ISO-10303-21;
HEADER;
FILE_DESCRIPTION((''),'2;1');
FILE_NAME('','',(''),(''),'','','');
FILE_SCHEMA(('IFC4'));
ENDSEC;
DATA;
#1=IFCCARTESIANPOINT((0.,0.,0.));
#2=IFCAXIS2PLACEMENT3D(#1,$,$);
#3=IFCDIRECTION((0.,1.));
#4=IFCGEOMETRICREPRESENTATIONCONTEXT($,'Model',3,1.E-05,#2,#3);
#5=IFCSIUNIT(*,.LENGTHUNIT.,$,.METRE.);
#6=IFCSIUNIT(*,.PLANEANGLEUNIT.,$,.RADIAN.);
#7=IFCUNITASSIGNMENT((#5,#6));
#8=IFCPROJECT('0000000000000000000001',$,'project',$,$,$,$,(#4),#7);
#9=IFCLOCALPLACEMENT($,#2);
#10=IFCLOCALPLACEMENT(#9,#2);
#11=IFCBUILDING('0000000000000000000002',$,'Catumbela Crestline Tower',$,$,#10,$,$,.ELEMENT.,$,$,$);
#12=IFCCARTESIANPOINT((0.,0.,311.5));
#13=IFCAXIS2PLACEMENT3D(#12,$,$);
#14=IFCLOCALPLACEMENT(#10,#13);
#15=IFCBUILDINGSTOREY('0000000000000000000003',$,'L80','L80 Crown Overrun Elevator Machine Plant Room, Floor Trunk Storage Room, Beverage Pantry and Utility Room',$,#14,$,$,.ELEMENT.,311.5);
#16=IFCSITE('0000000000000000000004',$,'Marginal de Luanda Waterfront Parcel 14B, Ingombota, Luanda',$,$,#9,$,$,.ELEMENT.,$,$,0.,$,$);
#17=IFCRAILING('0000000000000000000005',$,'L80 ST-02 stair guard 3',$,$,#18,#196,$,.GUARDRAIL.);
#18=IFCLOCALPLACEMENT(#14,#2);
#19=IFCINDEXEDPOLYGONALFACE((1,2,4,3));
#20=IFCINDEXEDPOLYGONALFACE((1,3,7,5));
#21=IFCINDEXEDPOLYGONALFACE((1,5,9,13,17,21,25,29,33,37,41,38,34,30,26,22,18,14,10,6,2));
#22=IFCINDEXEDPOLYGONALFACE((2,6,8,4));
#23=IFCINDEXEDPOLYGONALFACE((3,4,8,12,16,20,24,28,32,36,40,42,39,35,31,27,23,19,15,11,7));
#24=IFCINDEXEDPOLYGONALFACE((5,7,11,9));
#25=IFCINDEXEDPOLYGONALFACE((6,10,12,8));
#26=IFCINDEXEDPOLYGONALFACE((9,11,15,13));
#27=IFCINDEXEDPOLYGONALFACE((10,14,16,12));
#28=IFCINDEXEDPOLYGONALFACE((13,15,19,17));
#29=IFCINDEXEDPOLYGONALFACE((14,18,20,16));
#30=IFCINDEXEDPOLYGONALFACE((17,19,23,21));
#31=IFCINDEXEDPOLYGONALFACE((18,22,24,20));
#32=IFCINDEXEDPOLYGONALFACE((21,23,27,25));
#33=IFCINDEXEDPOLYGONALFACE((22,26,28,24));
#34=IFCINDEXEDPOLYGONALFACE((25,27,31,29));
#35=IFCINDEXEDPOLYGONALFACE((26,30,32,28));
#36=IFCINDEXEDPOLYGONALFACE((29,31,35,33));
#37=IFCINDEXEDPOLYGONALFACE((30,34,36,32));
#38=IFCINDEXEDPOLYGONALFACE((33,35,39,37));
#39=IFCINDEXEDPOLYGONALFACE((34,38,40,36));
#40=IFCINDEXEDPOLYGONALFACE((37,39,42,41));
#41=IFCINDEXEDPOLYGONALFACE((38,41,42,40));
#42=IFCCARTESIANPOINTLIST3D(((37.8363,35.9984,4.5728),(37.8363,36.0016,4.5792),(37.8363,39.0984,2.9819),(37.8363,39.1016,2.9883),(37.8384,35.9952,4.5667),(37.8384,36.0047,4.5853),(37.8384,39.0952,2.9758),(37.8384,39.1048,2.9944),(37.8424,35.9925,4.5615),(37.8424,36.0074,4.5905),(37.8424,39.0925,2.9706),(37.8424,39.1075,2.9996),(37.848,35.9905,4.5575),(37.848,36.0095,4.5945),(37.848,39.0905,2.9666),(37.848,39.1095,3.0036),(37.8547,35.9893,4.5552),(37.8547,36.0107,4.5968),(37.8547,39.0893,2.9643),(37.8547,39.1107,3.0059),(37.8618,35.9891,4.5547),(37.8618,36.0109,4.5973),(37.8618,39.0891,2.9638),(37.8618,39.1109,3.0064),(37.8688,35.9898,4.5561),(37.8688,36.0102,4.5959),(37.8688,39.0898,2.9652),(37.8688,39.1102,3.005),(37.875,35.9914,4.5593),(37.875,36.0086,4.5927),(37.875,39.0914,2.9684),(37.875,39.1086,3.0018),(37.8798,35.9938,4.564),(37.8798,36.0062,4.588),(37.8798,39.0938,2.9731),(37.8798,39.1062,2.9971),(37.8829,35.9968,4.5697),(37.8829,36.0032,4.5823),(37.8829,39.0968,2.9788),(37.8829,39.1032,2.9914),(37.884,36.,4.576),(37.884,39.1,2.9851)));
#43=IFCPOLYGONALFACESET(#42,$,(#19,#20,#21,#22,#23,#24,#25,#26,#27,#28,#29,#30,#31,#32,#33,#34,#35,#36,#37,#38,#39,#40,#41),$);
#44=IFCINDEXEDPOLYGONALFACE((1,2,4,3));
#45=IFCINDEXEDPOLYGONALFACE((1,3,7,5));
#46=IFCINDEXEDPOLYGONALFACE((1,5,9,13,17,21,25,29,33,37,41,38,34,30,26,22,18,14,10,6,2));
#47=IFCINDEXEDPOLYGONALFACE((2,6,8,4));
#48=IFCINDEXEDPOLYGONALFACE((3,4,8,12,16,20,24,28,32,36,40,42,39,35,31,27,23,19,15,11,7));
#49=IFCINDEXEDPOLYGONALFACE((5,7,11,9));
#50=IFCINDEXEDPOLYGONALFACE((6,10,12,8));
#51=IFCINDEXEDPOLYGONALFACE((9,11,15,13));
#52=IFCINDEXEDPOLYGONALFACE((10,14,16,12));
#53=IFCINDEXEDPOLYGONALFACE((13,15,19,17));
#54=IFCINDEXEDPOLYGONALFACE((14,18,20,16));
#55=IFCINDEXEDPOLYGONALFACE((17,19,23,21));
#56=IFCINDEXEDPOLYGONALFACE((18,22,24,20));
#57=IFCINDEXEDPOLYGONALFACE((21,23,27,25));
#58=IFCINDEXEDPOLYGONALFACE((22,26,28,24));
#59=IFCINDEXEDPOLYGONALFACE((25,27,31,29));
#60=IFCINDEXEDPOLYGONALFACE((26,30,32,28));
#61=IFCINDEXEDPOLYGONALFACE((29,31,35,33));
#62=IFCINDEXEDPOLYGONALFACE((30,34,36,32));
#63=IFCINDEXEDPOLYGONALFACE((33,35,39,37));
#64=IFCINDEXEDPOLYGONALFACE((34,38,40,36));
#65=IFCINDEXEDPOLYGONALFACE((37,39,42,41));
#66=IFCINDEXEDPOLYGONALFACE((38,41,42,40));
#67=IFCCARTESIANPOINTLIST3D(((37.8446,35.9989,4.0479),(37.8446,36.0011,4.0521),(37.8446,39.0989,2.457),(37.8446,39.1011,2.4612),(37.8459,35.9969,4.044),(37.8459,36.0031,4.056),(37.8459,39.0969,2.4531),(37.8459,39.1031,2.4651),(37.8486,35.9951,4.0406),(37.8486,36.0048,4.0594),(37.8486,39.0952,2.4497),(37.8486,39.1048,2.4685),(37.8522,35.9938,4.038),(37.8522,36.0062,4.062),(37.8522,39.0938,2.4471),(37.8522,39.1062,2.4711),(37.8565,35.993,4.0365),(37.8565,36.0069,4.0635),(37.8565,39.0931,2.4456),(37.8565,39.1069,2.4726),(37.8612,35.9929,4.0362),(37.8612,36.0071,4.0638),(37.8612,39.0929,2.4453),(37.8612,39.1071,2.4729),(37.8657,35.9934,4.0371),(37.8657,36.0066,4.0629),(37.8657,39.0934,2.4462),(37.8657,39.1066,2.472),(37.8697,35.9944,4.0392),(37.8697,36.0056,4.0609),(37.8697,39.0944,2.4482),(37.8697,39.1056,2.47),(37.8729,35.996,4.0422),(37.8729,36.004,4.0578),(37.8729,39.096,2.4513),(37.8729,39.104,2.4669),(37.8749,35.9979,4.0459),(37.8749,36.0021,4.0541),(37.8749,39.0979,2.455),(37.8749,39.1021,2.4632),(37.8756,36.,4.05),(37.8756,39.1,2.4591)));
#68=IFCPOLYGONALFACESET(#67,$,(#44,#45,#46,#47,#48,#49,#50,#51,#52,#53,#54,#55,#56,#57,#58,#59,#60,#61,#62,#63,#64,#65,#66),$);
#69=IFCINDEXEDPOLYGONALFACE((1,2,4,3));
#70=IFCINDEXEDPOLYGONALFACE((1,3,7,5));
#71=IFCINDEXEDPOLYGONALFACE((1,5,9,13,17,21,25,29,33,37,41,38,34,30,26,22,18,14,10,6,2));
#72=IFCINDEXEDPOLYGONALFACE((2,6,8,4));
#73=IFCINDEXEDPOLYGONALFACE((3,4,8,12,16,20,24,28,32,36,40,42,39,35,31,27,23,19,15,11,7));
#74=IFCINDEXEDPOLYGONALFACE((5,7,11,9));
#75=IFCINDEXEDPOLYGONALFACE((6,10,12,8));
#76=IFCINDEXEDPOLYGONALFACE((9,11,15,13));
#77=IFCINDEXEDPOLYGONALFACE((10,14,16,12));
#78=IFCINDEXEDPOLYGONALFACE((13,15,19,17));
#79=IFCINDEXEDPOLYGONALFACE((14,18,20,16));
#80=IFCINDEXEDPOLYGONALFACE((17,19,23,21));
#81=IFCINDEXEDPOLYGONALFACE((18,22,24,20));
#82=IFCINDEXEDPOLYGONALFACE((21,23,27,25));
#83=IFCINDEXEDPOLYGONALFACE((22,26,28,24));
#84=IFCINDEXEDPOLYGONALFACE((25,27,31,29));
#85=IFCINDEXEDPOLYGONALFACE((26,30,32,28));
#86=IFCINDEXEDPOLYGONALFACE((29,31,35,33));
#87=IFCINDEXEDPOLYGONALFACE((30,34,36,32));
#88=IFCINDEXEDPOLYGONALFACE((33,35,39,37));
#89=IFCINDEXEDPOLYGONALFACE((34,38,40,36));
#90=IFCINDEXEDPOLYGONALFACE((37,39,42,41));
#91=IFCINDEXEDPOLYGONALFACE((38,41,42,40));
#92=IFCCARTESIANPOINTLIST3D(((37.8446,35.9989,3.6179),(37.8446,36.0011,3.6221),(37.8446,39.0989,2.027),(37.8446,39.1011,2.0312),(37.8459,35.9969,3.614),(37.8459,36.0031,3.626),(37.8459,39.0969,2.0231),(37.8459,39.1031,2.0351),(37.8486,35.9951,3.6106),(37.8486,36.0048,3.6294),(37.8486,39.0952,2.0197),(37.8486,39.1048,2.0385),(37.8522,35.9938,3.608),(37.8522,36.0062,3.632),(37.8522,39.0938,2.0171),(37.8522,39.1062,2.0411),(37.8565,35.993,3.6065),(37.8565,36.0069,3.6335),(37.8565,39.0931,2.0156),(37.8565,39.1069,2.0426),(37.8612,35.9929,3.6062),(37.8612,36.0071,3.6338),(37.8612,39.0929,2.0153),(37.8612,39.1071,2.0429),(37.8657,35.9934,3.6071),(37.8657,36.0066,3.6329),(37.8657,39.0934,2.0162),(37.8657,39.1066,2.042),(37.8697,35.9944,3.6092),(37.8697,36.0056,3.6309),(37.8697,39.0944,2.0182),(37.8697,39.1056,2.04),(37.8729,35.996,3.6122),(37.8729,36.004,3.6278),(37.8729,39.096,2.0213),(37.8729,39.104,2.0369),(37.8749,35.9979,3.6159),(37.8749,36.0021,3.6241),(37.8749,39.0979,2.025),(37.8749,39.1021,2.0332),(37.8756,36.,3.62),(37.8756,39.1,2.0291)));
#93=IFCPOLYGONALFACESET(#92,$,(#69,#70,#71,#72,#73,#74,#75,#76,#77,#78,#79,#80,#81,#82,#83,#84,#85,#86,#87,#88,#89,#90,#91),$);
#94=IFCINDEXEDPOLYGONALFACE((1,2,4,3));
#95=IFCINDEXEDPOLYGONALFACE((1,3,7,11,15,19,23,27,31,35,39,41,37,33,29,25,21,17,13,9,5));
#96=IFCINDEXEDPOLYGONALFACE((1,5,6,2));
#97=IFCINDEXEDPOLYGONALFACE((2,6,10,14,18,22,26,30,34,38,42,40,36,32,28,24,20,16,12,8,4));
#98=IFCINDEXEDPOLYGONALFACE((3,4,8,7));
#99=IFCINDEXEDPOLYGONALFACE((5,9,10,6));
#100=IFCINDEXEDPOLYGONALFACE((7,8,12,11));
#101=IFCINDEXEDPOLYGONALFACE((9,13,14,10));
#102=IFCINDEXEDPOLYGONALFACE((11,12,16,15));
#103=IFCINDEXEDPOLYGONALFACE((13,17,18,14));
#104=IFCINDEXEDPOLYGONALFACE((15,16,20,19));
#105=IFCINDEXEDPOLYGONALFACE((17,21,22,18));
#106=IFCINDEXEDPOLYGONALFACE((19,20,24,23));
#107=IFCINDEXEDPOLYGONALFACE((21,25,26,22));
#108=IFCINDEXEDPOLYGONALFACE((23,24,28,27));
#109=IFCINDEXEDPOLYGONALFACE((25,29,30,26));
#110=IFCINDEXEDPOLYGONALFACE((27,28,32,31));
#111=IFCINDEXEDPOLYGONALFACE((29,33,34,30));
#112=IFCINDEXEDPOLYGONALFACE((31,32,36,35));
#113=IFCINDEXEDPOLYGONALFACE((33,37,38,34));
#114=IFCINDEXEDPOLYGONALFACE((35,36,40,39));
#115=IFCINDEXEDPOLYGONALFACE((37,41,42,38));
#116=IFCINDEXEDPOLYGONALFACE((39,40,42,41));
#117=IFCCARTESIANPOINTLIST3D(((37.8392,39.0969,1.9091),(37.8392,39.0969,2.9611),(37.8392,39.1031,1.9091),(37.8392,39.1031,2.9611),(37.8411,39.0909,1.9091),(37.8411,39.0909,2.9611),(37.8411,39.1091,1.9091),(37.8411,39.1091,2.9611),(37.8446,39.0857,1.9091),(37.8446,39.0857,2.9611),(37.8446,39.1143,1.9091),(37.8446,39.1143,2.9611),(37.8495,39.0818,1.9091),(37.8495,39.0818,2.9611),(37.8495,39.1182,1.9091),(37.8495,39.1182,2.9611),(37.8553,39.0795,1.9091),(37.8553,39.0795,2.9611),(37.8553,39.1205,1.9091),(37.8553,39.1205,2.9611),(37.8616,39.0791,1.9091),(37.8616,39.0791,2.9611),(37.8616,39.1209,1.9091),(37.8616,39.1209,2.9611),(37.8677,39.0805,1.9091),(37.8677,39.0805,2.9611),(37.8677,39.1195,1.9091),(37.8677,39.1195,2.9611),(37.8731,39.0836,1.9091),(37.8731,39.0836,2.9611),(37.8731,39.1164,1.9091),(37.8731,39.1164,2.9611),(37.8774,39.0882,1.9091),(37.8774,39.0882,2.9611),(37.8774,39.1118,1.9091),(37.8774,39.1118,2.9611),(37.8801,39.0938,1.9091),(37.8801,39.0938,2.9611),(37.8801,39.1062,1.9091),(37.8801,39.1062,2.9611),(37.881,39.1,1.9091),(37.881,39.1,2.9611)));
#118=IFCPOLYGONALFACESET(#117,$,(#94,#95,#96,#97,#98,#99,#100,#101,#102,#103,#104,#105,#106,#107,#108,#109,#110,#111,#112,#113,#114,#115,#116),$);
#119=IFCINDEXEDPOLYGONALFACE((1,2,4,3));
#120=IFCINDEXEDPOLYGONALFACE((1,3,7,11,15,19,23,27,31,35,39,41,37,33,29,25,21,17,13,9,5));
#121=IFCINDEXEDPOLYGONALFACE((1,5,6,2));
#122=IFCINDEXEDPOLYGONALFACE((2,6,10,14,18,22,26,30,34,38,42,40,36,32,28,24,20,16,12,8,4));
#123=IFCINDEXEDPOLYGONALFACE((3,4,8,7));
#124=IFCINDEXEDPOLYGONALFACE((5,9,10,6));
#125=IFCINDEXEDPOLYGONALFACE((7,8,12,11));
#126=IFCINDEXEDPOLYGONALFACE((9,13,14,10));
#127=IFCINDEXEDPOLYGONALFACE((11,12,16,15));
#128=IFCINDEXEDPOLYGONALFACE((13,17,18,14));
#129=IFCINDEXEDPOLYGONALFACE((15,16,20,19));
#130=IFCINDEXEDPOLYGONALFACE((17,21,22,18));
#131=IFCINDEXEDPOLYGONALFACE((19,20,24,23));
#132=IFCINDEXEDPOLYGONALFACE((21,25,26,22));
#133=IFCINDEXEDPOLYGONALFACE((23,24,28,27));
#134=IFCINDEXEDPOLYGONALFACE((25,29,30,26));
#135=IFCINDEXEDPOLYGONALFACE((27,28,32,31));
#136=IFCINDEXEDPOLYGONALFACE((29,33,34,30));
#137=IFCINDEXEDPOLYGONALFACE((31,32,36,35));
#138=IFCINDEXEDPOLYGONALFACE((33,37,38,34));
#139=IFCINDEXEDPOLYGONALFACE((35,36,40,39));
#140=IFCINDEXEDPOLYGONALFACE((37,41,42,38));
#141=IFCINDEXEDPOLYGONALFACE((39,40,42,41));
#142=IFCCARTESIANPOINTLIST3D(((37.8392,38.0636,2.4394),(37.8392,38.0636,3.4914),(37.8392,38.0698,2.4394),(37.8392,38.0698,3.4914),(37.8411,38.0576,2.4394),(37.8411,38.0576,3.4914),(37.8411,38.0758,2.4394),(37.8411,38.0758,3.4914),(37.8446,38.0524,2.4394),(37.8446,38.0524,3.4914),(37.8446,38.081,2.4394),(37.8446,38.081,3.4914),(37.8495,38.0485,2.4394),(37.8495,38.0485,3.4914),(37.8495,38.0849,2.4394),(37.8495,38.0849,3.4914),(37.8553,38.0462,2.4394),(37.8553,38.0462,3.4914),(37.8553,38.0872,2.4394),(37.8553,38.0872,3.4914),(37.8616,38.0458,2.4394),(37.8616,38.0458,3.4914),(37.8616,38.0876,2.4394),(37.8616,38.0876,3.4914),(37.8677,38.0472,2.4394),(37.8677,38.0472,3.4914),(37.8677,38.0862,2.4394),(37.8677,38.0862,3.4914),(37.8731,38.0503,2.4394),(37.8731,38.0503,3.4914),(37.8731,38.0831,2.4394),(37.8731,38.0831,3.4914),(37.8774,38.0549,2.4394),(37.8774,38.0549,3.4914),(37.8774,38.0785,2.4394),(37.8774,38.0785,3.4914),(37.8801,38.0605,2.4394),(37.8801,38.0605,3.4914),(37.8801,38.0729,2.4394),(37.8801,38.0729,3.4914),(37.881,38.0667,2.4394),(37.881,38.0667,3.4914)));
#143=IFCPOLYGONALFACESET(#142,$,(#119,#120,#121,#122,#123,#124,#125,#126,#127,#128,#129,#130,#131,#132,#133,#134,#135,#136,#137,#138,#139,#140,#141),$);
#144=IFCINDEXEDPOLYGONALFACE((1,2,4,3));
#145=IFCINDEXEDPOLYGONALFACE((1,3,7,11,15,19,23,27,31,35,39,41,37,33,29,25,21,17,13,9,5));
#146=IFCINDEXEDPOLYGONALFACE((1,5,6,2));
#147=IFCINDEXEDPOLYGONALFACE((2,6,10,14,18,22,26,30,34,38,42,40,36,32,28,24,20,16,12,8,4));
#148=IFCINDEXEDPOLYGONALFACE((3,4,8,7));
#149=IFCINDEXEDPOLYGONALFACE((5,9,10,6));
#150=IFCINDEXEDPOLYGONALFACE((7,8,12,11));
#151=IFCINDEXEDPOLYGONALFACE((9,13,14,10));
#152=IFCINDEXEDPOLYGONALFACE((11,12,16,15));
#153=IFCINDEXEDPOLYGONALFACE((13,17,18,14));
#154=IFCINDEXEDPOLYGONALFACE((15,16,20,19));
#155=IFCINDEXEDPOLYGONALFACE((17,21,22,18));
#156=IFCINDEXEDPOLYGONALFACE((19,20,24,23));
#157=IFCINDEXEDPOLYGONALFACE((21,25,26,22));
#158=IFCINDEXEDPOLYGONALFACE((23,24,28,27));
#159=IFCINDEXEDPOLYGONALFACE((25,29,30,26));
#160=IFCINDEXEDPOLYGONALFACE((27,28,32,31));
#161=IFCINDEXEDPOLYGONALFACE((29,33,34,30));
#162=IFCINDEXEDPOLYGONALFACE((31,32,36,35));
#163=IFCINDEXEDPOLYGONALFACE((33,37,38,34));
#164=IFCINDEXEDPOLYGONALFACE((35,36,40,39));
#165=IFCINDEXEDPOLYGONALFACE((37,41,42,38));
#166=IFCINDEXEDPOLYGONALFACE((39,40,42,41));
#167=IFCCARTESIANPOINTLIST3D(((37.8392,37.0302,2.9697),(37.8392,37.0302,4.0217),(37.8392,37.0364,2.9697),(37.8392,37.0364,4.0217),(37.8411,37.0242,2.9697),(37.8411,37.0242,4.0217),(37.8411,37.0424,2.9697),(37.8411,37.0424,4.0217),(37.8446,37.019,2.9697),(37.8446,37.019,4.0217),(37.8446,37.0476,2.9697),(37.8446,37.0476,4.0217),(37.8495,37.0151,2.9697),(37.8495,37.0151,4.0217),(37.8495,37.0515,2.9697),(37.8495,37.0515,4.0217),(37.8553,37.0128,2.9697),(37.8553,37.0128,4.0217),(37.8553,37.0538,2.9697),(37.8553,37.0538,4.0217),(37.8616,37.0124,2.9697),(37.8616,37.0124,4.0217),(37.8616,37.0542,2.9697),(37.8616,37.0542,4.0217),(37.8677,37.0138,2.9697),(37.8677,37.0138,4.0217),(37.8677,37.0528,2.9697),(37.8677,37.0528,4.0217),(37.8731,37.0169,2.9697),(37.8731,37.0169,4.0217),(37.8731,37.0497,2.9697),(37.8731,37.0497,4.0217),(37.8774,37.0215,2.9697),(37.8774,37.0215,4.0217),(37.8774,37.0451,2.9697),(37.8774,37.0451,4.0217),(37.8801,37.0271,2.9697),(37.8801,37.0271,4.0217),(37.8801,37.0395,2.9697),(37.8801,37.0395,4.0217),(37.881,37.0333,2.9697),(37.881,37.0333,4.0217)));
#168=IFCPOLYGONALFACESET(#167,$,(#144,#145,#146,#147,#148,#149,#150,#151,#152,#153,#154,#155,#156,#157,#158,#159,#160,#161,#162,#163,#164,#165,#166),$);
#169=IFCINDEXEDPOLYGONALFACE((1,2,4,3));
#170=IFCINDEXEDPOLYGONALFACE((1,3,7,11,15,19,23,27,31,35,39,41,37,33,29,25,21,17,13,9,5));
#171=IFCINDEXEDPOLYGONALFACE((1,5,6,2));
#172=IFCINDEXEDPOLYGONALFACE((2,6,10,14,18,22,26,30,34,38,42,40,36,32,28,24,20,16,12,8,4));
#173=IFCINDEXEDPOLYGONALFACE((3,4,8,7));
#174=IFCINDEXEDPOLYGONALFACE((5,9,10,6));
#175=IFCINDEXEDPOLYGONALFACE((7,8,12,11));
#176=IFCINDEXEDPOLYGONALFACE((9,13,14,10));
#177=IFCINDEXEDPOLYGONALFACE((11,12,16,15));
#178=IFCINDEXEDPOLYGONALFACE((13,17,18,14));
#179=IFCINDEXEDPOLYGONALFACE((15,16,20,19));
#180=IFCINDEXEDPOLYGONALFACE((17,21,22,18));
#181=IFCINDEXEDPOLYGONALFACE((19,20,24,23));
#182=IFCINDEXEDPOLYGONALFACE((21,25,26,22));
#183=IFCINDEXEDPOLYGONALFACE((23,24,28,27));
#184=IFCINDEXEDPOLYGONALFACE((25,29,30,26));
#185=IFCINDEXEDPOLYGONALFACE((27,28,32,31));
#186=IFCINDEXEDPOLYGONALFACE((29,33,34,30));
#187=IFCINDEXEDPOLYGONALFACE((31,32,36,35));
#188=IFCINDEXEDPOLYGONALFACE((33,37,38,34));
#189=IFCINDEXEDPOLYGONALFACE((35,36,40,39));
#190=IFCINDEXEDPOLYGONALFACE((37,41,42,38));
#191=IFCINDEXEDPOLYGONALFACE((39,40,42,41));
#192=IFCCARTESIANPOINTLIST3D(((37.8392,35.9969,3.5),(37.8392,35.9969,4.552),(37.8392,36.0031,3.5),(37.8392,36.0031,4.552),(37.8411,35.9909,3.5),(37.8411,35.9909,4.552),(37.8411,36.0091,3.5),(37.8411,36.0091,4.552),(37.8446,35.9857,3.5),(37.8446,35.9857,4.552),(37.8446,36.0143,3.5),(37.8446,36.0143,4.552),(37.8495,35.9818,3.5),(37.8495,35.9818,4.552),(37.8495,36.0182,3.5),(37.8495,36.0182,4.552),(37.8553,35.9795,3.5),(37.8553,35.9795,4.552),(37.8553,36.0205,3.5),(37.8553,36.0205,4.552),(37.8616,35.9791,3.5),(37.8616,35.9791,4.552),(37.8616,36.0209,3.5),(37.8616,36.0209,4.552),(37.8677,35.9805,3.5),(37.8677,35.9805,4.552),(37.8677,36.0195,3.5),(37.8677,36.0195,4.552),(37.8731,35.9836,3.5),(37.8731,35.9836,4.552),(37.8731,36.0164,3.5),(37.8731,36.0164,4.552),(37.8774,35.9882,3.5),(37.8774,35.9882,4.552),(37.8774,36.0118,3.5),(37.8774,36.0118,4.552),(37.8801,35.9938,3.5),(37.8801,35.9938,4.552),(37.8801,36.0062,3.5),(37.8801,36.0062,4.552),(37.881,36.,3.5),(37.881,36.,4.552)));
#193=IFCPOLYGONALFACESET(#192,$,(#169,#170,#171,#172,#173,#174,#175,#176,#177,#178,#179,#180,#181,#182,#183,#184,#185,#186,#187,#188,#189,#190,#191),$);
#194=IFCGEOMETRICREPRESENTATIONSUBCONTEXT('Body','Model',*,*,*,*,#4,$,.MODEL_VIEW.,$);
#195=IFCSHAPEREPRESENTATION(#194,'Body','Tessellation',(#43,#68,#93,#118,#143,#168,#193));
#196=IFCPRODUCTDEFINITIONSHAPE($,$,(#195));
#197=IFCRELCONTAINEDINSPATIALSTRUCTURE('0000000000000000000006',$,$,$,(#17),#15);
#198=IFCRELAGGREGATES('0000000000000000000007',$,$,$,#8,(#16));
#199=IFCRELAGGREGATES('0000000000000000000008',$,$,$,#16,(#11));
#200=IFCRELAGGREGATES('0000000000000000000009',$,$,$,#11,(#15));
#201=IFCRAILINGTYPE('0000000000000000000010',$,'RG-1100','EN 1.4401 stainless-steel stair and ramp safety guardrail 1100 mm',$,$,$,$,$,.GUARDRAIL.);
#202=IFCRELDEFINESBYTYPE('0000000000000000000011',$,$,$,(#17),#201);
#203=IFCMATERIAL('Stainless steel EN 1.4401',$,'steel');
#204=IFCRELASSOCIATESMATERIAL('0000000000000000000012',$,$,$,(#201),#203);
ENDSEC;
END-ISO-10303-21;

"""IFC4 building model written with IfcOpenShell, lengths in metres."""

from ifc_helpers import new_model, si_unit, direction, frame, origin, origin_2d, place, context, subcontext, project, spatial, circle, extrude, material, type_object, element, save


model = new_model("IFC4")

# Units and contexts
model_context = context("Model", 3, precision=1e-05, world=origin(), true_north=direction((0.0, 1.0)))
body_context = subcontext(model_context, "Body", "Model", "MODEL_VIEW")
ifc_project = project(units=[si_unit("LENGTHUNIT", "METRE"), si_unit("PLANEANGLEUNIT", "RADIAN")], contexts=[model_context])

# Site, building, storey
site_placement = place(None, origin())
site = spatial("IfcSite", under=ifc_project, at=site_placement, Name="Marginal de Luanda Waterfront Parcel 14B, Ingombota, Luanda", CompositionType="ELEMENT", RefElevation=0.0)
building_placement = place(site_placement, origin())
building = spatial("IfcBuilding", under=site, at=building_placement, Name="Catumbela Crestline Tower", CompositionType="ELEMENT")
storey_placement = place(building_placement, frame((0.0, 0.0, 311.5)))
storey = spatial("IfcBuildingStorey", under=building, at=storey_placement, Name="L80", Description="L80 Crown Overrun Elevator Machine Plant Room, Floor Trunk Storage Room, Beverage Pantry and Utility Room", CompositionType="ELEMENT", Elevation=311.5)

# Shared definitions
ifc_material_1 = material(Name="Stainless steel EN 1.4401", Category="steel")

# Railing
railing_type_1 = type_object("IfcRailingType", Name="RG-1100", Description="EN 1.4401 stainless-steel stair and ramp safety guardrail 1100 mm", PredefinedType="GUARDRAIL", material=ifc_material_1)
railing_1_placement = place(storey_placement, frame((37.86, 39.1, 1.9091)))
element("IfcRailing", 1, at=railing_1_placement, inside=storey, type_object=railing_type_1, Name="L80 ST-02 stair guard 3", PredefinedType="GUARDRAIL", context=body_context, shape_type="SweptSolid", body=[
    extrude(circle(Radius=0.024, at=origin_2d()), frame((0.0, 0.0, 1.076), z_axis=(0.0, -0.889683, 0.456579), x_axis=(1.0, 0.0, 0.0)), (0.0, 0.0, 1.0), 3.4844),
    extrude(circle(Radius=0.0156, at=origin_2d()), frame((0.0, 0.0, 0.55), z_axis=(0.0, -0.889683, 0.456579), x_axis=(1.0, 0.0, 0.0)), (0.0, 0.0, 1.0), 3.4844),
    extrude(circle(Radius=0.0156, at=origin_2d()), frame((0.0, 0.0, 0.12), z_axis=(0.0, -0.889683, 0.456579), x_axis=(1.0, 0.0, 0.0)), (0.0, 0.0, 1.0), 3.4844),
    extrude(circle(Radius=0.021, at=origin_2d()), origin(), (0.0, 0.0, 1.0), 1.052),
    extrude(circle(Radius=0.021, at=origin_2d()), frame((0.0, -1.0333, 0.5303)), (0.0, 0.0, 1.0), 1.052),
    extrude(circle(Radius=0.021, at=origin_2d()), frame((0.0, -2.0667, 1.0606)), (0.0, 0.0, 1.0), 1.052),
    extrude(circle(Radius=0.021, at=origin_2d()), frame((0.0, -3.1, 1.5909)), (0.0, 0.0, 1.0), 1.052),
])

save(model, "model.ifc")
